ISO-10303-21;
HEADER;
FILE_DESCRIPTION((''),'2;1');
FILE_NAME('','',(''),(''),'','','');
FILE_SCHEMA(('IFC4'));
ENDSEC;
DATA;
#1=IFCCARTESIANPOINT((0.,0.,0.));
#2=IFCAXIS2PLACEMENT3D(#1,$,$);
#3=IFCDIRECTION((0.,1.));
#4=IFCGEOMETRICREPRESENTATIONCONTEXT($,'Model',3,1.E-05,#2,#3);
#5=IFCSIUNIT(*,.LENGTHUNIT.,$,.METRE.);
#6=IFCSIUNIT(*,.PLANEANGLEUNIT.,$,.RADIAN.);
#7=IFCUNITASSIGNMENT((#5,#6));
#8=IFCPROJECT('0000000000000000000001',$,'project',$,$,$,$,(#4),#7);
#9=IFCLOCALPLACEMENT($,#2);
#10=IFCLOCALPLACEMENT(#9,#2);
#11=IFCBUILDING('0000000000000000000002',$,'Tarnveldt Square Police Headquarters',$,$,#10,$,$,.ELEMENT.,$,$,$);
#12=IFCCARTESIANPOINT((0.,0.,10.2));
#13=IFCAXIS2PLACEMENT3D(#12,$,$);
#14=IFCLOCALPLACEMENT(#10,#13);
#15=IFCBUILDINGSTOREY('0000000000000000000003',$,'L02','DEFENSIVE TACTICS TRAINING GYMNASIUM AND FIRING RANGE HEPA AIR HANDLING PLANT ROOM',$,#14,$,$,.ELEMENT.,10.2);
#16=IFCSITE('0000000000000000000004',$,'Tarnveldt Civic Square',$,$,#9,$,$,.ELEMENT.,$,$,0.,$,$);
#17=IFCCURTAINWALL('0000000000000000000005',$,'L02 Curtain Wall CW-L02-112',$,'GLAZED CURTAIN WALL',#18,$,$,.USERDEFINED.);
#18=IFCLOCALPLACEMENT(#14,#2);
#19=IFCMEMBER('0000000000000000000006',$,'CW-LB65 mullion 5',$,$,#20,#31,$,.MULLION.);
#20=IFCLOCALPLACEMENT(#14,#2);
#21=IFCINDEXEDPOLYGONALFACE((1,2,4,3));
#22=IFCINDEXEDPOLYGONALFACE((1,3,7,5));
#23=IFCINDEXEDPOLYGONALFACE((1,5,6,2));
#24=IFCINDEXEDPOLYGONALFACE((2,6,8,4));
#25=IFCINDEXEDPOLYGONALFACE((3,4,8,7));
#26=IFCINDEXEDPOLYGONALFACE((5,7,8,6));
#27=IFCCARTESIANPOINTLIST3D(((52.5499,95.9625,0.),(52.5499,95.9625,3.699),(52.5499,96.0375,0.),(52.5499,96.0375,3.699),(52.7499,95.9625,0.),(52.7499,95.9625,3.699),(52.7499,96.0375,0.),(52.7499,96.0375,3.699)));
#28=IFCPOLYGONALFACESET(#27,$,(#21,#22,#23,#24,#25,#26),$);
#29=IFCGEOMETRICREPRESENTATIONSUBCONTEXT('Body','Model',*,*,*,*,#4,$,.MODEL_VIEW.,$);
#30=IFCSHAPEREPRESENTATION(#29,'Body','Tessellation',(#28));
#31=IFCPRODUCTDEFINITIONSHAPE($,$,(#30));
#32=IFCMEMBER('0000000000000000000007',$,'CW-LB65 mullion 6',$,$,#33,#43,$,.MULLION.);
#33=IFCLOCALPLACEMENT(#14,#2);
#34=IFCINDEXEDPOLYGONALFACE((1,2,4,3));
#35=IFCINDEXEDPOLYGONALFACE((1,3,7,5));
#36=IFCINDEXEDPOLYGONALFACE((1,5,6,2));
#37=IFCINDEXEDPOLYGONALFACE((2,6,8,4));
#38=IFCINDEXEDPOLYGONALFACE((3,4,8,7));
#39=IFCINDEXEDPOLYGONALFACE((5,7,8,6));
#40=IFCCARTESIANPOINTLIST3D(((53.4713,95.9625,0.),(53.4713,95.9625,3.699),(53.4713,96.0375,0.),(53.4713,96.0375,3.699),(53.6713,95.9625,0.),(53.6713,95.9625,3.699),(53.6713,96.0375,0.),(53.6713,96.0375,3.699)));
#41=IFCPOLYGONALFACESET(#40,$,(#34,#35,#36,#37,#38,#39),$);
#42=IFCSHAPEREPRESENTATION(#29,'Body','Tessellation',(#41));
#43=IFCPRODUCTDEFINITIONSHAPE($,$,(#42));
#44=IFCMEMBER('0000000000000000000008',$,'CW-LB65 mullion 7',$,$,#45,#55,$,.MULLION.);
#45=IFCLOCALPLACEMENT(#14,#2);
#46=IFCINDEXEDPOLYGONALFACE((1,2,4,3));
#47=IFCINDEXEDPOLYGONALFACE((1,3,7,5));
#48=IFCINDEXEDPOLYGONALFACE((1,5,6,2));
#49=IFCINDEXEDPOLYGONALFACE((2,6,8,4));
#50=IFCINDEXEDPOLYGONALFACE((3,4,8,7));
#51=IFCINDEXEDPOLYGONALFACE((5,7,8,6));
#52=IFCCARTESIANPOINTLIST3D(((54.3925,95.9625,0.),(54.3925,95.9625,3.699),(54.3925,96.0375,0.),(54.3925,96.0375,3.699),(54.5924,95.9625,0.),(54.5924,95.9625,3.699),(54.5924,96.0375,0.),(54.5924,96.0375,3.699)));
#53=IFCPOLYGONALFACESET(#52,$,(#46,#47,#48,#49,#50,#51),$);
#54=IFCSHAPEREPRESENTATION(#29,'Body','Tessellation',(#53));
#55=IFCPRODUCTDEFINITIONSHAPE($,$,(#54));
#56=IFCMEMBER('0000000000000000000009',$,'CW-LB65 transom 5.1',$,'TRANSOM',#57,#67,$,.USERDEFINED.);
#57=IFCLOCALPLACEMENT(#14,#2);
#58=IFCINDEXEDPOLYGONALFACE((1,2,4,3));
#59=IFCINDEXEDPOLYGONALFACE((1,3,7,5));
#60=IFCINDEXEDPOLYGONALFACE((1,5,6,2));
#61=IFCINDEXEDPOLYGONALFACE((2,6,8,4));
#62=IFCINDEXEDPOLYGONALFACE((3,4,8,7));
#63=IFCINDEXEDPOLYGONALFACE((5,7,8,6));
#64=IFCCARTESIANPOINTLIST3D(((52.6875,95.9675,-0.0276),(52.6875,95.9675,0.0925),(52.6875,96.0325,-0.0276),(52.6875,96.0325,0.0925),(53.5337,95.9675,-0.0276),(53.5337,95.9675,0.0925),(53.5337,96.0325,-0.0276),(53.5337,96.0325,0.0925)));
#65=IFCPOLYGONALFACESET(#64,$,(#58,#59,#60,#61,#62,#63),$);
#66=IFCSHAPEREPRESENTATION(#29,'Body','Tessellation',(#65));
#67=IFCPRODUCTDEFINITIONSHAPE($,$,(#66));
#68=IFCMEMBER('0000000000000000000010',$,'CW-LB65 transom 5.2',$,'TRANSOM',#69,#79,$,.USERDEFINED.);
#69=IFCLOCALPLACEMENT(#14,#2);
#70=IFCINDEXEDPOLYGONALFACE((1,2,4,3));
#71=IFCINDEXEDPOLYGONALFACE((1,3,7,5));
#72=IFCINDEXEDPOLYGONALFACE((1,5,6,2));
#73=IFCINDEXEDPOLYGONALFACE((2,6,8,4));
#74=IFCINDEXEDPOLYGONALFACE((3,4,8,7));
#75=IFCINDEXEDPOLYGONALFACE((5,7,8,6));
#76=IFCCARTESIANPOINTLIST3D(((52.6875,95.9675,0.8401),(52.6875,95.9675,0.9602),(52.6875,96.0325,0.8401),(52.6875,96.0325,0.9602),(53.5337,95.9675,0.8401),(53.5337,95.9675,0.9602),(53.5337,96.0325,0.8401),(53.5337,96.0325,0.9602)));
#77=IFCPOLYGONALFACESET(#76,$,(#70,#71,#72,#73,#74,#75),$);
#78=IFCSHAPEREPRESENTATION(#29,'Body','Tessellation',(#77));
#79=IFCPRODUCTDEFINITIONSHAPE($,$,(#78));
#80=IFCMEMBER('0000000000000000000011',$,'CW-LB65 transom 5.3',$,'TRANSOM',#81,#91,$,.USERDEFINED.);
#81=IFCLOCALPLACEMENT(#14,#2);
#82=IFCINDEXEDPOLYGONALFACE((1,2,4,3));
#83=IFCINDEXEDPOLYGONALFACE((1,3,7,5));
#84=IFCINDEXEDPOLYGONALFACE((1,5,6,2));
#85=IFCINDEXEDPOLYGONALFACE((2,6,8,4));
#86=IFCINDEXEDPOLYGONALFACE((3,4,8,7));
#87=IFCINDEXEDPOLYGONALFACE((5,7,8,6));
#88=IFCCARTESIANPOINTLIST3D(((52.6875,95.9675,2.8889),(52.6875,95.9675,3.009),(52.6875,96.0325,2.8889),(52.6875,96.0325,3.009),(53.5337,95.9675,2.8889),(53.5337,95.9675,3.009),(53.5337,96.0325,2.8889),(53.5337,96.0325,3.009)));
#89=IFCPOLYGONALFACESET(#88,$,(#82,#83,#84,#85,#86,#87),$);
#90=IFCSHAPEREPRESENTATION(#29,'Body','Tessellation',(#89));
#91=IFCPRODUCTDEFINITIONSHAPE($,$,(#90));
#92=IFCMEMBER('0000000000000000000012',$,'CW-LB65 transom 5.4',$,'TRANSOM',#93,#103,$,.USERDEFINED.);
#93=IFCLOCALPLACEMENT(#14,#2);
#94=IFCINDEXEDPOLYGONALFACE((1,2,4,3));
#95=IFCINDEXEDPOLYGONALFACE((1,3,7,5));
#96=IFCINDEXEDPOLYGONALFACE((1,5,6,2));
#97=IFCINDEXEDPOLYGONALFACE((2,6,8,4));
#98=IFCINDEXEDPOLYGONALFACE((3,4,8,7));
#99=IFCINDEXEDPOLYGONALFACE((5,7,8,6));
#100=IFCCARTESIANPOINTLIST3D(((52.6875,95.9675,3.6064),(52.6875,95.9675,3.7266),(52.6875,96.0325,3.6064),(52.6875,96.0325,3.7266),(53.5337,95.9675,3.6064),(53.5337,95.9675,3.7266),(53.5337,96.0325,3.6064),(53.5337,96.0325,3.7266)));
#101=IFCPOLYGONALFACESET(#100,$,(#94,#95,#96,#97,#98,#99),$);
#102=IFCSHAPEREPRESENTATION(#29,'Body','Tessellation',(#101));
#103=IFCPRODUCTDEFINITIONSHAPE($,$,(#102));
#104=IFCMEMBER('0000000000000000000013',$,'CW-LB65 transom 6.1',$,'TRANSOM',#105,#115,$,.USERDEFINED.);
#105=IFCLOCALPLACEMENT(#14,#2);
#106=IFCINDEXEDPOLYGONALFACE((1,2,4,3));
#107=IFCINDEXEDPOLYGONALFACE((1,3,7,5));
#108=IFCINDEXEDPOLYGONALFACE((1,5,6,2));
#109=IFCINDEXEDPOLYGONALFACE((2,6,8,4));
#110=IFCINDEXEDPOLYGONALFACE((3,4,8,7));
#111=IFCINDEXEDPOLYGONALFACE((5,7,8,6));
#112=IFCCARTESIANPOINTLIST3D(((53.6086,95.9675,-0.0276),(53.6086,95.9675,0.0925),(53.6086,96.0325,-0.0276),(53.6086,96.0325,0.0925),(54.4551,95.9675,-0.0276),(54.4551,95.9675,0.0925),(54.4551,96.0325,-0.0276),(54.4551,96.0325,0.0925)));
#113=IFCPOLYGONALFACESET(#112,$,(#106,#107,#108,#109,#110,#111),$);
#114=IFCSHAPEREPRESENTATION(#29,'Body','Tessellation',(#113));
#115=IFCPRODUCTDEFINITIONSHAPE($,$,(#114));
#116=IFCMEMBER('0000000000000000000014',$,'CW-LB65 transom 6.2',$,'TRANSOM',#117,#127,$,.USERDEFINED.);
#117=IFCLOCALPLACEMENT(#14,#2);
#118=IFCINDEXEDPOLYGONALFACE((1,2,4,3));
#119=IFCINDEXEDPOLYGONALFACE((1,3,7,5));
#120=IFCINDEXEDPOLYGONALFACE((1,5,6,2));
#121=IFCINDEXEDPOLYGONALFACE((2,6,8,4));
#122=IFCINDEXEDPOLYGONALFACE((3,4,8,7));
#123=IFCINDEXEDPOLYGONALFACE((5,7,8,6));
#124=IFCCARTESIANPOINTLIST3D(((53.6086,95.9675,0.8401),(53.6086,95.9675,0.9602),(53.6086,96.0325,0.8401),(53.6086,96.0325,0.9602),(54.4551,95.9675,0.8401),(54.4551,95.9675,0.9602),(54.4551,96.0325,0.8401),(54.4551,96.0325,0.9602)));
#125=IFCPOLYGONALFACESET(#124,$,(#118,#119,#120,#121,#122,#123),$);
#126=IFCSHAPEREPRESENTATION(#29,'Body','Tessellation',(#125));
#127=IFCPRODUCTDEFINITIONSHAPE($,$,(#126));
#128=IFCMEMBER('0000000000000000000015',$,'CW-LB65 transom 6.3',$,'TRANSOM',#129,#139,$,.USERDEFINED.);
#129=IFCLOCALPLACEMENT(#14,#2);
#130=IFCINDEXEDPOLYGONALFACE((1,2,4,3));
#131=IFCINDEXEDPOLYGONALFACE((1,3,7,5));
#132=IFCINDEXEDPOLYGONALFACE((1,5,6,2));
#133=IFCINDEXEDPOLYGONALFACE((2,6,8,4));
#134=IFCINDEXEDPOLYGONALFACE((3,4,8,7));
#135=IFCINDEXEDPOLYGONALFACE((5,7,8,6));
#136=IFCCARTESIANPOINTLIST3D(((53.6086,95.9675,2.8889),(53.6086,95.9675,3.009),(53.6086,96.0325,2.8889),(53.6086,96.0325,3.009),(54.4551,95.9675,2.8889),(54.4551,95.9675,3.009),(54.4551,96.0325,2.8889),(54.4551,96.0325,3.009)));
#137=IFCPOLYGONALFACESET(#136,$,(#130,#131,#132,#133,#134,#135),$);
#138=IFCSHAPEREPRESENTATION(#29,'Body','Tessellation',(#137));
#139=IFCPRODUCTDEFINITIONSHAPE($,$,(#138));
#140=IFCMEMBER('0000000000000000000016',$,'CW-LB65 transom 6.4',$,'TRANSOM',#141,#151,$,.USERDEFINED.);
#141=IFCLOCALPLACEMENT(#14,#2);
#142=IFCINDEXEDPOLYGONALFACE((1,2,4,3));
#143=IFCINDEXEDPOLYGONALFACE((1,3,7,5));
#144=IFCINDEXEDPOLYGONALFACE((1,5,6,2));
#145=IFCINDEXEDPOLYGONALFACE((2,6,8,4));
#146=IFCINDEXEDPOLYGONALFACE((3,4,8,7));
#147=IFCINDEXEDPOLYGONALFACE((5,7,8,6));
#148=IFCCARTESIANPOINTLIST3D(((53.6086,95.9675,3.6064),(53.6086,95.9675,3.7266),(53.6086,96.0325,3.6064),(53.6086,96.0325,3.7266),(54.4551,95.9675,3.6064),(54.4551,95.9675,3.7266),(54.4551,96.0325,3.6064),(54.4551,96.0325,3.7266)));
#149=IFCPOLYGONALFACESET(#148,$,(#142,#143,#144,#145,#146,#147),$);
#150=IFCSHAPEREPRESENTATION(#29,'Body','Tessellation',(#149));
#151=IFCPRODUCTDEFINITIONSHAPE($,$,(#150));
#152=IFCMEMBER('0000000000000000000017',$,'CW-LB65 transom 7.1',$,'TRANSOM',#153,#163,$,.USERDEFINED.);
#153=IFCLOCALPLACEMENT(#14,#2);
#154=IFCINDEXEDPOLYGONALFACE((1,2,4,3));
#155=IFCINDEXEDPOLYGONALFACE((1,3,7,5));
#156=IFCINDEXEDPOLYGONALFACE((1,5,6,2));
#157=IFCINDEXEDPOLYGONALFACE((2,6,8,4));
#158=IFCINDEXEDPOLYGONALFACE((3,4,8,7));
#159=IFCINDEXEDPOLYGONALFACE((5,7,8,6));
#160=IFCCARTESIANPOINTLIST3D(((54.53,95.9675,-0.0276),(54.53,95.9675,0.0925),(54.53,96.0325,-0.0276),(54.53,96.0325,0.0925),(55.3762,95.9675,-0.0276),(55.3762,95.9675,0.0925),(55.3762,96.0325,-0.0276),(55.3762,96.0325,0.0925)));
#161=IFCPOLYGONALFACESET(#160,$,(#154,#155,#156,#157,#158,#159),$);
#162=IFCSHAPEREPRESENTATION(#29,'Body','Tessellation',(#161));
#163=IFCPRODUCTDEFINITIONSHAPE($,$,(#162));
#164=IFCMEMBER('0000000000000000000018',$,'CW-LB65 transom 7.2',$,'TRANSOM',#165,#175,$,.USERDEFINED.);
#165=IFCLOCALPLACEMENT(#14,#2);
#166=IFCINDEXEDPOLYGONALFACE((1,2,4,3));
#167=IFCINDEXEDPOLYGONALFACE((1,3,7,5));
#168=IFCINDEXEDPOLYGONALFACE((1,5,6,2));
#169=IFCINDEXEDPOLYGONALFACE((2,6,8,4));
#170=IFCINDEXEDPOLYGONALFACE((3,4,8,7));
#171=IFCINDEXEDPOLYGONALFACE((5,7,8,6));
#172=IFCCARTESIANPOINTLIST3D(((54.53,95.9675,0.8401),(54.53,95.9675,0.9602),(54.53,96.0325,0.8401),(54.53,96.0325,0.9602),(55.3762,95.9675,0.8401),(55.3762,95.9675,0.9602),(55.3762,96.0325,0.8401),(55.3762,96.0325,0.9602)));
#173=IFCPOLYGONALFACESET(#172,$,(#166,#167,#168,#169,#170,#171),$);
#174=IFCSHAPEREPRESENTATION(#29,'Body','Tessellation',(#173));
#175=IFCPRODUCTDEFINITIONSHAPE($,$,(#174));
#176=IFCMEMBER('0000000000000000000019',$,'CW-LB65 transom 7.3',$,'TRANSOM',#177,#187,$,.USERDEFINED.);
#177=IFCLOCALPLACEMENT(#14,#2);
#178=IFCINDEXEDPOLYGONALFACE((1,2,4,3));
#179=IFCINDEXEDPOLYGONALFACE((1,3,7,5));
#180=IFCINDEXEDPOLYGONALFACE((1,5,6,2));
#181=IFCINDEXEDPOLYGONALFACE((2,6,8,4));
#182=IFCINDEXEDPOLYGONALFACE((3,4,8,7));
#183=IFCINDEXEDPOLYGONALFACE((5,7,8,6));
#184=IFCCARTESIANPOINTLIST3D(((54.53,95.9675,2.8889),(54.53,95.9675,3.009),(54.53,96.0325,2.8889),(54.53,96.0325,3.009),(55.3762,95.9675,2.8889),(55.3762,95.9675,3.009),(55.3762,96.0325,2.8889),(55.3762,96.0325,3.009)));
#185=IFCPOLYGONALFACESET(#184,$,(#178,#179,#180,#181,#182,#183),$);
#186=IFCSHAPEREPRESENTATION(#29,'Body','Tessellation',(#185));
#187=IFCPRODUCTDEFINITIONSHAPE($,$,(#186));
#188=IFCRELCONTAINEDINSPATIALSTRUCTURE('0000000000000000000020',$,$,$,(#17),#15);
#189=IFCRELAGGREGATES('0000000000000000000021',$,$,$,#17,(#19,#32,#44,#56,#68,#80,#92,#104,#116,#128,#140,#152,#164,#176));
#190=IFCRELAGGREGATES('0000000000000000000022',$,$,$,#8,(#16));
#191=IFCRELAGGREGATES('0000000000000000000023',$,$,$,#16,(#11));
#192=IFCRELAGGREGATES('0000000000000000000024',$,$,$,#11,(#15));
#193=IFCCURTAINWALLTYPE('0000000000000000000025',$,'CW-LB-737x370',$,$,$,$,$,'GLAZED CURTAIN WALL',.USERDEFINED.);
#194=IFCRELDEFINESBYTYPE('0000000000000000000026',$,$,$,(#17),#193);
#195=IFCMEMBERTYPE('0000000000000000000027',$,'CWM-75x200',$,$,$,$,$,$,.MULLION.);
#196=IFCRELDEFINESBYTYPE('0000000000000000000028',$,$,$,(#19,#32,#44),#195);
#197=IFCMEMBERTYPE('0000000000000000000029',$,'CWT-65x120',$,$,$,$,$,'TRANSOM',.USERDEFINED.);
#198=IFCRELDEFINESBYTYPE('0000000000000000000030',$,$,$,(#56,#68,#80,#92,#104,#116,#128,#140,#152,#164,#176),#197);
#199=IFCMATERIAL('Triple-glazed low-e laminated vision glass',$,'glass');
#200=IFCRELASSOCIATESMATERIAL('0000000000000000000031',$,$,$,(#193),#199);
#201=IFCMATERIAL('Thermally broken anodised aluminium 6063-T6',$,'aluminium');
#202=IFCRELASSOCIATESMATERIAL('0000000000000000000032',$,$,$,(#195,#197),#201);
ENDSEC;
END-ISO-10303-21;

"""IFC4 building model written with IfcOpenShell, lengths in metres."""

from ifc_helpers import new_model, si_unit, direction, frame, origin, origin_2d, place, context, subcontext, project, spatial, rectangle, extrude, material, material_profile, profile_set, type_object, element, aggregate, save


model = new_model("IFC4")

# Units and contexts
model_context = context("Model", 3, precision=1e-05, world=origin(), true_north=direction((0.0, 1.0)))
body_context = subcontext(model_context, "Body", "Model", "MODEL_VIEW")
ifc_project = project(units=[si_unit("LENGTHUNIT", "METRE"), si_unit("PLANEANGLEUNIT", "RADIAN")], contexts=[model_context])

# Site, building, storey
site_placement = place(None, origin())
site = spatial("IfcSite", under=ifc_project, at=site_placement, Name="Tarnveldt Civic Square", CompositionType="ELEMENT", RefElevation=0.0)
building_placement = place(site_placement, origin())
building = spatial("IfcBuilding", under=site, at=building_placement, Name="Tarnveldt Square Police Headquarters", CompositionType="ELEMENT")
storey_placement = place(building_placement, frame((0.0, 0.0, 10.2)))
storey = spatial("IfcBuildingStorey", under=building, at=storey_placement, Name="L02", Description="DEFENSIVE TACTICS TRAINING GYMNASIUM AND FIRING RANGE HEPA AIR HANDLING PLANT ROOM", CompositionType="ELEMENT", Elevation=10.2)

# Curtain wall, members
ifc_material_1 = material(Name="Triple-glazed low-e laminated vision glass", Category="glass")
curtain_wall_type = type_object("IfcCurtainWallType", Name="CW-LB-737x370", ElementType="GLAZED CURTAIN WALL", PredefinedType="USERDEFINED", material=ifc_material_1)
curtain_wall_placement = place(storey_placement, origin())
curtain_wall = element("IfcCurtainWall", 1, at=curtain_wall_placement, inside=storey, type_object=curtain_wall_type, Name="L02 Curtain Wall CW-L02-112", ObjectType="GLAZED CURTAIN WALL", PredefinedType="USERDEFINED")
ifc_material_2 = material(Name="Thermally broken anodised aluminium 6063-T6", Category="aluminium")
ifc_material_profile_1 = material_profile(ifc_material_2, rectangle(XDim=0.075, YDim=0.2, at=origin_2d()), Name="CW-M75x200")
ifc_profile_set_1 = profile_set([ifc_material_profile_1], Name="Thermally broken anodised aluminium 6063-T6")
member_type_1 = type_object("IfcMemberType", Name="CWM-75x200", PredefinedType="MULLION", material=ifc_profile_set_1)
member_1_placement = place(storey_placement, frame((52.6499, 96.0, 0.0), z_axis=(0.0, 0.0, 1.0), x_axis=(0.0, 1.0, 0.0)))
member_1 = element("IfcMember", 2, at=member_1_placement, type_object=member_type_1, Name="CW-LB65 mullion 5", PredefinedType="MULLION", context=body_context, shape_type="SweptSolid", body=[
    extrude(rectangle(XDim=0.075, YDim=0.2, at=origin_2d()), origin(), (0.0, 0.0, 1.0), 3.699),
])
member_2_placement = place(storey_placement, frame((53.5713, 96.0, 0.0), z_axis=(0.0, 0.0, 1.0), x_axis=(0.0, 1.0, 0.0)))
member_2 = element("IfcMember", 3, at=member_2_placement, type_object=member_type_1, Name="CW-LB65 mullion 6", PredefinedType="MULLION", context=body_context, shape_type="SweptSolid", body=[
    extrude(rectangle(XDim=0.075, YDim=0.2, at=origin_2d()), origin(), (0.0, 0.0, 1.0), 3.699),
])
member_3_placement = place(storey_placement, frame((54.4924, 96.0, 0.0), z_axis=(0.0, 0.0, 1.0), x_axis=(0.0, 1.0, 0.0)))
member_3 = element("IfcMember", 4, at=member_3_placement, type_object=member_type_1, Name="CW-LB65 mullion 7", PredefinedType="MULLION", context=body_context, shape_type="SweptSolid", body=[
    extrude(rectangle(XDim=0.075, YDim=0.2, at=origin_2d()), origin(), (0.0, 0.0, 1.0), 3.699),
])
ifc_material_profile_2 = material_profile(ifc_material_2, rectangle(XDim=0.0649, YDim=0.1201, at=origin_2d()), Name="CW-T65x120")
ifc_profile_set_2 = profile_set([ifc_material_profile_2], Name="Thermally broken anodised aluminium 6063-T6")
member_type_2 = type_object("IfcMemberType", Name="CWT-65x120", ElementType="TRANSOM", PredefinedType="USERDEFINED", material=ifc_profile_set_2)
member_4_placement = place(storey_placement, frame((52.6875, 96.0, 0.0325), z_axis=(1.0, 0.0, 0.0), x_axis=(0.0, 1.0, 0.0)))
member_4 = element("IfcMember", 5, at=member_4_placement, type_object=member_type_2, Name="CW-LB65 transom 5.1", ObjectType="TRANSOM", PredefinedType="USERDEFINED", context=body_context, shape_type="SweptSolid", body=[
    extrude(rectangle(XDim=0.0649, YDim=0.1201, at=origin_2d()), origin(), (0.0, 0.0, 1.0), 0.8462),
])
member_5_placement = place(storey_placement, frame((52.6875, 96.0, 0.9001), z_axis=(1.0, 0.0, 0.0), x_axis=(0.0, 1.0, 0.0)))
member_5 = element("IfcMember", 6, at=member_5_placement, type_object=member_type_2, Name="CW-LB65 transom 5.2", ObjectType="TRANSOM", PredefinedType="USERDEFINED", context=body_context, shape_type="SweptSolid", body=[
    extrude(rectangle(XDim=0.0649, YDim=0.1201, at=origin_2d()), origin(), (0.0, 0.0, 1.0), 0.8462),
])
member_6_placement = place(storey_placement, frame((52.6875, 96.0, 2.949), z_axis=(1.0, 0.0, 0.0), x_axis=(0.0, 1.0, 0.0)))
member_6 = element("IfcMember", 7, at=member_6_placement, type_object=member_type_2, Name="CW-LB65 transom 5.3", ObjectType="TRANSOM", PredefinedType="USERDEFINED", context=body_context, shape_type="SweptSolid", body=[
    extrude(rectangle(XDim=0.0649, YDim=0.1201, at=origin_2d()), origin(), (0.0, 0.0, 1.0), 0.8462),
])
member_7_placement = place(storey_placement, frame((52.6875, 96.0, 3.6665), z_axis=(1.0, 0.0, 0.0), x_axis=(0.0, 1.0, 0.0)))
member_7 = element("IfcMember", 8, at=member_7_placement, type_object=member_type_2, Name="CW-LB65 transom 5.4", ObjectType="TRANSOM", PredefinedType="USERDEFINED", context=body_context, shape_type="SweptSolid", body=[
    extrude(rectangle(XDim=0.0649, YDim=0.1201, at=origin_2d()), origin(), (0.0, 0.0, 1.0), 0.8462),
])
member_8_placement = place(storey_placement, frame((53.6086, 96.0, 0.0325), z_axis=(1.0, 0.0, 0.0), x_axis=(0.0, 1.0, 0.0)))
member_8 = element("IfcMember", 9, at=member_8_placement, type_object=member_type_2, Name="CW-LB65 transom 6.1", ObjectType="TRANSOM", PredefinedType="USERDEFINED", context=body_context, shape_type="SweptSolid", body=[
    extrude(rectangle(XDim=0.0649, YDim=0.1201, at=origin_2d()), origin(), (0.0, 0.0, 1.0), 0.8464),
])
member_9_placement = place(storey_placement, frame((53.6086, 96.0, 0.9001), z_axis=(1.0, 0.0, 0.0), x_axis=(0.0, 1.0, 0.0)))
member_9 = element("IfcMember", 10, at=member_9_placement, type_object=member_type_2, Name="CW-LB65 transom 6.2", ObjectType="TRANSOM", PredefinedType="USERDEFINED", context=body_context, shape_type="SweptSolid", body=[
    extrude(rectangle(XDim=0.0649, YDim=0.1201, at=origin_2d()), origin(), (0.0, 0.0, 1.0), 0.8464),
])
member_10_placement = place(storey_placement, frame((53.6086, 96.0, 2.949), z_axis=(1.0, 0.0, 0.0), x_axis=(0.0, 1.0, 0.0)))
member_10 = element("IfcMember", 11, at=member_10_placement, type_object=member_type_2, Name="CW-LB65 transom 6.3", ObjectType="TRANSOM", PredefinedType="USERDEFINED", context=body_context, shape_type="SweptSolid", body=[
    extrude(rectangle(XDim=0.0649, YDim=0.1201, at=origin_2d()), origin(), (0.0, 0.0, 1.0), 0.8464),
])
member_11_placement = place(storey_placement, frame((53.6086, 96.0, 3.6665), z_axis=(1.0, 0.0, 0.0), x_axis=(0.0, 1.0, 0.0)))
member_11 = element("IfcMember", 12, at=member_11_placement, type_object=member_type_2, Name="CW-LB65 transom 6.4", ObjectType="TRANSOM", PredefinedType="USERDEFINED", context=body_context, shape_type="SweptSolid", body=[
    extrude(rectangle(XDim=0.0649, YDim=0.1201, at=origin_2d()), origin(), (0.0, 0.0, 1.0), 0.8464),
])
member_12_placement = place(storey_placement, frame((54.53, 96.0, 0.0325), z_axis=(1.0, 0.0, 0.0), x_axis=(0.0, 1.0, 0.0)))
member_12 = element("IfcMember", 13, at=member_12_placement, type_object=member_type_2, Name="CW-LB65 transom 7.1", ObjectType="TRANSOM", PredefinedType="USERDEFINED", context=body_context, shape_type="SweptSolid", body=[
    extrude(rectangle(XDim=0.0649, YDim=0.1201, at=origin_2d()), origin(), (0.0, 0.0, 1.0), 0.8462),
])
member_13_placement = place(storey_placement, frame((54.53, 96.0, 0.9001), z_axis=(1.0, 0.0, 0.0), x_axis=(0.0, 1.0, 0.0)))
member_13 = element("IfcMember", 14, at=member_13_placement, type_object=member_type_2, Name="CW-LB65 transom 7.2", ObjectType="TRANSOM", PredefinedType="USERDEFINED", context=body_context, shape_type="SweptSolid", body=[
    extrude(rectangle(XDim=0.0649, YDim=0.1201, at=origin_2d()), origin(), (0.0, 0.0, 1.0), 0.8462),
])
member_14_placement = place(storey_placement, frame((54.53, 96.0, 2.949), z_axis=(1.0, 0.0, 0.0), x_axis=(0.0, 1.0, 0.0)))
member_14 = element("IfcMember", 15, at=member_14_placement, type_object=member_type_2, Name="CW-LB65 transom 7.3", ObjectType="TRANSOM", PredefinedType="USERDEFINED", context=body_context, shape_type="SweptSolid", body=[
    extrude(rectangle(XDim=0.0649, YDim=0.1201, at=origin_2d()), origin(), (0.0, 0.0, 1.0), 0.8462),
])
aggregate(curtain_wall, [member_1, member_2, member_3, member_4, member_5, member_6, member_7, member_8, member_9, member_10, member_11, member_12, member_13, member_14])

save(model, "model.ifc")
